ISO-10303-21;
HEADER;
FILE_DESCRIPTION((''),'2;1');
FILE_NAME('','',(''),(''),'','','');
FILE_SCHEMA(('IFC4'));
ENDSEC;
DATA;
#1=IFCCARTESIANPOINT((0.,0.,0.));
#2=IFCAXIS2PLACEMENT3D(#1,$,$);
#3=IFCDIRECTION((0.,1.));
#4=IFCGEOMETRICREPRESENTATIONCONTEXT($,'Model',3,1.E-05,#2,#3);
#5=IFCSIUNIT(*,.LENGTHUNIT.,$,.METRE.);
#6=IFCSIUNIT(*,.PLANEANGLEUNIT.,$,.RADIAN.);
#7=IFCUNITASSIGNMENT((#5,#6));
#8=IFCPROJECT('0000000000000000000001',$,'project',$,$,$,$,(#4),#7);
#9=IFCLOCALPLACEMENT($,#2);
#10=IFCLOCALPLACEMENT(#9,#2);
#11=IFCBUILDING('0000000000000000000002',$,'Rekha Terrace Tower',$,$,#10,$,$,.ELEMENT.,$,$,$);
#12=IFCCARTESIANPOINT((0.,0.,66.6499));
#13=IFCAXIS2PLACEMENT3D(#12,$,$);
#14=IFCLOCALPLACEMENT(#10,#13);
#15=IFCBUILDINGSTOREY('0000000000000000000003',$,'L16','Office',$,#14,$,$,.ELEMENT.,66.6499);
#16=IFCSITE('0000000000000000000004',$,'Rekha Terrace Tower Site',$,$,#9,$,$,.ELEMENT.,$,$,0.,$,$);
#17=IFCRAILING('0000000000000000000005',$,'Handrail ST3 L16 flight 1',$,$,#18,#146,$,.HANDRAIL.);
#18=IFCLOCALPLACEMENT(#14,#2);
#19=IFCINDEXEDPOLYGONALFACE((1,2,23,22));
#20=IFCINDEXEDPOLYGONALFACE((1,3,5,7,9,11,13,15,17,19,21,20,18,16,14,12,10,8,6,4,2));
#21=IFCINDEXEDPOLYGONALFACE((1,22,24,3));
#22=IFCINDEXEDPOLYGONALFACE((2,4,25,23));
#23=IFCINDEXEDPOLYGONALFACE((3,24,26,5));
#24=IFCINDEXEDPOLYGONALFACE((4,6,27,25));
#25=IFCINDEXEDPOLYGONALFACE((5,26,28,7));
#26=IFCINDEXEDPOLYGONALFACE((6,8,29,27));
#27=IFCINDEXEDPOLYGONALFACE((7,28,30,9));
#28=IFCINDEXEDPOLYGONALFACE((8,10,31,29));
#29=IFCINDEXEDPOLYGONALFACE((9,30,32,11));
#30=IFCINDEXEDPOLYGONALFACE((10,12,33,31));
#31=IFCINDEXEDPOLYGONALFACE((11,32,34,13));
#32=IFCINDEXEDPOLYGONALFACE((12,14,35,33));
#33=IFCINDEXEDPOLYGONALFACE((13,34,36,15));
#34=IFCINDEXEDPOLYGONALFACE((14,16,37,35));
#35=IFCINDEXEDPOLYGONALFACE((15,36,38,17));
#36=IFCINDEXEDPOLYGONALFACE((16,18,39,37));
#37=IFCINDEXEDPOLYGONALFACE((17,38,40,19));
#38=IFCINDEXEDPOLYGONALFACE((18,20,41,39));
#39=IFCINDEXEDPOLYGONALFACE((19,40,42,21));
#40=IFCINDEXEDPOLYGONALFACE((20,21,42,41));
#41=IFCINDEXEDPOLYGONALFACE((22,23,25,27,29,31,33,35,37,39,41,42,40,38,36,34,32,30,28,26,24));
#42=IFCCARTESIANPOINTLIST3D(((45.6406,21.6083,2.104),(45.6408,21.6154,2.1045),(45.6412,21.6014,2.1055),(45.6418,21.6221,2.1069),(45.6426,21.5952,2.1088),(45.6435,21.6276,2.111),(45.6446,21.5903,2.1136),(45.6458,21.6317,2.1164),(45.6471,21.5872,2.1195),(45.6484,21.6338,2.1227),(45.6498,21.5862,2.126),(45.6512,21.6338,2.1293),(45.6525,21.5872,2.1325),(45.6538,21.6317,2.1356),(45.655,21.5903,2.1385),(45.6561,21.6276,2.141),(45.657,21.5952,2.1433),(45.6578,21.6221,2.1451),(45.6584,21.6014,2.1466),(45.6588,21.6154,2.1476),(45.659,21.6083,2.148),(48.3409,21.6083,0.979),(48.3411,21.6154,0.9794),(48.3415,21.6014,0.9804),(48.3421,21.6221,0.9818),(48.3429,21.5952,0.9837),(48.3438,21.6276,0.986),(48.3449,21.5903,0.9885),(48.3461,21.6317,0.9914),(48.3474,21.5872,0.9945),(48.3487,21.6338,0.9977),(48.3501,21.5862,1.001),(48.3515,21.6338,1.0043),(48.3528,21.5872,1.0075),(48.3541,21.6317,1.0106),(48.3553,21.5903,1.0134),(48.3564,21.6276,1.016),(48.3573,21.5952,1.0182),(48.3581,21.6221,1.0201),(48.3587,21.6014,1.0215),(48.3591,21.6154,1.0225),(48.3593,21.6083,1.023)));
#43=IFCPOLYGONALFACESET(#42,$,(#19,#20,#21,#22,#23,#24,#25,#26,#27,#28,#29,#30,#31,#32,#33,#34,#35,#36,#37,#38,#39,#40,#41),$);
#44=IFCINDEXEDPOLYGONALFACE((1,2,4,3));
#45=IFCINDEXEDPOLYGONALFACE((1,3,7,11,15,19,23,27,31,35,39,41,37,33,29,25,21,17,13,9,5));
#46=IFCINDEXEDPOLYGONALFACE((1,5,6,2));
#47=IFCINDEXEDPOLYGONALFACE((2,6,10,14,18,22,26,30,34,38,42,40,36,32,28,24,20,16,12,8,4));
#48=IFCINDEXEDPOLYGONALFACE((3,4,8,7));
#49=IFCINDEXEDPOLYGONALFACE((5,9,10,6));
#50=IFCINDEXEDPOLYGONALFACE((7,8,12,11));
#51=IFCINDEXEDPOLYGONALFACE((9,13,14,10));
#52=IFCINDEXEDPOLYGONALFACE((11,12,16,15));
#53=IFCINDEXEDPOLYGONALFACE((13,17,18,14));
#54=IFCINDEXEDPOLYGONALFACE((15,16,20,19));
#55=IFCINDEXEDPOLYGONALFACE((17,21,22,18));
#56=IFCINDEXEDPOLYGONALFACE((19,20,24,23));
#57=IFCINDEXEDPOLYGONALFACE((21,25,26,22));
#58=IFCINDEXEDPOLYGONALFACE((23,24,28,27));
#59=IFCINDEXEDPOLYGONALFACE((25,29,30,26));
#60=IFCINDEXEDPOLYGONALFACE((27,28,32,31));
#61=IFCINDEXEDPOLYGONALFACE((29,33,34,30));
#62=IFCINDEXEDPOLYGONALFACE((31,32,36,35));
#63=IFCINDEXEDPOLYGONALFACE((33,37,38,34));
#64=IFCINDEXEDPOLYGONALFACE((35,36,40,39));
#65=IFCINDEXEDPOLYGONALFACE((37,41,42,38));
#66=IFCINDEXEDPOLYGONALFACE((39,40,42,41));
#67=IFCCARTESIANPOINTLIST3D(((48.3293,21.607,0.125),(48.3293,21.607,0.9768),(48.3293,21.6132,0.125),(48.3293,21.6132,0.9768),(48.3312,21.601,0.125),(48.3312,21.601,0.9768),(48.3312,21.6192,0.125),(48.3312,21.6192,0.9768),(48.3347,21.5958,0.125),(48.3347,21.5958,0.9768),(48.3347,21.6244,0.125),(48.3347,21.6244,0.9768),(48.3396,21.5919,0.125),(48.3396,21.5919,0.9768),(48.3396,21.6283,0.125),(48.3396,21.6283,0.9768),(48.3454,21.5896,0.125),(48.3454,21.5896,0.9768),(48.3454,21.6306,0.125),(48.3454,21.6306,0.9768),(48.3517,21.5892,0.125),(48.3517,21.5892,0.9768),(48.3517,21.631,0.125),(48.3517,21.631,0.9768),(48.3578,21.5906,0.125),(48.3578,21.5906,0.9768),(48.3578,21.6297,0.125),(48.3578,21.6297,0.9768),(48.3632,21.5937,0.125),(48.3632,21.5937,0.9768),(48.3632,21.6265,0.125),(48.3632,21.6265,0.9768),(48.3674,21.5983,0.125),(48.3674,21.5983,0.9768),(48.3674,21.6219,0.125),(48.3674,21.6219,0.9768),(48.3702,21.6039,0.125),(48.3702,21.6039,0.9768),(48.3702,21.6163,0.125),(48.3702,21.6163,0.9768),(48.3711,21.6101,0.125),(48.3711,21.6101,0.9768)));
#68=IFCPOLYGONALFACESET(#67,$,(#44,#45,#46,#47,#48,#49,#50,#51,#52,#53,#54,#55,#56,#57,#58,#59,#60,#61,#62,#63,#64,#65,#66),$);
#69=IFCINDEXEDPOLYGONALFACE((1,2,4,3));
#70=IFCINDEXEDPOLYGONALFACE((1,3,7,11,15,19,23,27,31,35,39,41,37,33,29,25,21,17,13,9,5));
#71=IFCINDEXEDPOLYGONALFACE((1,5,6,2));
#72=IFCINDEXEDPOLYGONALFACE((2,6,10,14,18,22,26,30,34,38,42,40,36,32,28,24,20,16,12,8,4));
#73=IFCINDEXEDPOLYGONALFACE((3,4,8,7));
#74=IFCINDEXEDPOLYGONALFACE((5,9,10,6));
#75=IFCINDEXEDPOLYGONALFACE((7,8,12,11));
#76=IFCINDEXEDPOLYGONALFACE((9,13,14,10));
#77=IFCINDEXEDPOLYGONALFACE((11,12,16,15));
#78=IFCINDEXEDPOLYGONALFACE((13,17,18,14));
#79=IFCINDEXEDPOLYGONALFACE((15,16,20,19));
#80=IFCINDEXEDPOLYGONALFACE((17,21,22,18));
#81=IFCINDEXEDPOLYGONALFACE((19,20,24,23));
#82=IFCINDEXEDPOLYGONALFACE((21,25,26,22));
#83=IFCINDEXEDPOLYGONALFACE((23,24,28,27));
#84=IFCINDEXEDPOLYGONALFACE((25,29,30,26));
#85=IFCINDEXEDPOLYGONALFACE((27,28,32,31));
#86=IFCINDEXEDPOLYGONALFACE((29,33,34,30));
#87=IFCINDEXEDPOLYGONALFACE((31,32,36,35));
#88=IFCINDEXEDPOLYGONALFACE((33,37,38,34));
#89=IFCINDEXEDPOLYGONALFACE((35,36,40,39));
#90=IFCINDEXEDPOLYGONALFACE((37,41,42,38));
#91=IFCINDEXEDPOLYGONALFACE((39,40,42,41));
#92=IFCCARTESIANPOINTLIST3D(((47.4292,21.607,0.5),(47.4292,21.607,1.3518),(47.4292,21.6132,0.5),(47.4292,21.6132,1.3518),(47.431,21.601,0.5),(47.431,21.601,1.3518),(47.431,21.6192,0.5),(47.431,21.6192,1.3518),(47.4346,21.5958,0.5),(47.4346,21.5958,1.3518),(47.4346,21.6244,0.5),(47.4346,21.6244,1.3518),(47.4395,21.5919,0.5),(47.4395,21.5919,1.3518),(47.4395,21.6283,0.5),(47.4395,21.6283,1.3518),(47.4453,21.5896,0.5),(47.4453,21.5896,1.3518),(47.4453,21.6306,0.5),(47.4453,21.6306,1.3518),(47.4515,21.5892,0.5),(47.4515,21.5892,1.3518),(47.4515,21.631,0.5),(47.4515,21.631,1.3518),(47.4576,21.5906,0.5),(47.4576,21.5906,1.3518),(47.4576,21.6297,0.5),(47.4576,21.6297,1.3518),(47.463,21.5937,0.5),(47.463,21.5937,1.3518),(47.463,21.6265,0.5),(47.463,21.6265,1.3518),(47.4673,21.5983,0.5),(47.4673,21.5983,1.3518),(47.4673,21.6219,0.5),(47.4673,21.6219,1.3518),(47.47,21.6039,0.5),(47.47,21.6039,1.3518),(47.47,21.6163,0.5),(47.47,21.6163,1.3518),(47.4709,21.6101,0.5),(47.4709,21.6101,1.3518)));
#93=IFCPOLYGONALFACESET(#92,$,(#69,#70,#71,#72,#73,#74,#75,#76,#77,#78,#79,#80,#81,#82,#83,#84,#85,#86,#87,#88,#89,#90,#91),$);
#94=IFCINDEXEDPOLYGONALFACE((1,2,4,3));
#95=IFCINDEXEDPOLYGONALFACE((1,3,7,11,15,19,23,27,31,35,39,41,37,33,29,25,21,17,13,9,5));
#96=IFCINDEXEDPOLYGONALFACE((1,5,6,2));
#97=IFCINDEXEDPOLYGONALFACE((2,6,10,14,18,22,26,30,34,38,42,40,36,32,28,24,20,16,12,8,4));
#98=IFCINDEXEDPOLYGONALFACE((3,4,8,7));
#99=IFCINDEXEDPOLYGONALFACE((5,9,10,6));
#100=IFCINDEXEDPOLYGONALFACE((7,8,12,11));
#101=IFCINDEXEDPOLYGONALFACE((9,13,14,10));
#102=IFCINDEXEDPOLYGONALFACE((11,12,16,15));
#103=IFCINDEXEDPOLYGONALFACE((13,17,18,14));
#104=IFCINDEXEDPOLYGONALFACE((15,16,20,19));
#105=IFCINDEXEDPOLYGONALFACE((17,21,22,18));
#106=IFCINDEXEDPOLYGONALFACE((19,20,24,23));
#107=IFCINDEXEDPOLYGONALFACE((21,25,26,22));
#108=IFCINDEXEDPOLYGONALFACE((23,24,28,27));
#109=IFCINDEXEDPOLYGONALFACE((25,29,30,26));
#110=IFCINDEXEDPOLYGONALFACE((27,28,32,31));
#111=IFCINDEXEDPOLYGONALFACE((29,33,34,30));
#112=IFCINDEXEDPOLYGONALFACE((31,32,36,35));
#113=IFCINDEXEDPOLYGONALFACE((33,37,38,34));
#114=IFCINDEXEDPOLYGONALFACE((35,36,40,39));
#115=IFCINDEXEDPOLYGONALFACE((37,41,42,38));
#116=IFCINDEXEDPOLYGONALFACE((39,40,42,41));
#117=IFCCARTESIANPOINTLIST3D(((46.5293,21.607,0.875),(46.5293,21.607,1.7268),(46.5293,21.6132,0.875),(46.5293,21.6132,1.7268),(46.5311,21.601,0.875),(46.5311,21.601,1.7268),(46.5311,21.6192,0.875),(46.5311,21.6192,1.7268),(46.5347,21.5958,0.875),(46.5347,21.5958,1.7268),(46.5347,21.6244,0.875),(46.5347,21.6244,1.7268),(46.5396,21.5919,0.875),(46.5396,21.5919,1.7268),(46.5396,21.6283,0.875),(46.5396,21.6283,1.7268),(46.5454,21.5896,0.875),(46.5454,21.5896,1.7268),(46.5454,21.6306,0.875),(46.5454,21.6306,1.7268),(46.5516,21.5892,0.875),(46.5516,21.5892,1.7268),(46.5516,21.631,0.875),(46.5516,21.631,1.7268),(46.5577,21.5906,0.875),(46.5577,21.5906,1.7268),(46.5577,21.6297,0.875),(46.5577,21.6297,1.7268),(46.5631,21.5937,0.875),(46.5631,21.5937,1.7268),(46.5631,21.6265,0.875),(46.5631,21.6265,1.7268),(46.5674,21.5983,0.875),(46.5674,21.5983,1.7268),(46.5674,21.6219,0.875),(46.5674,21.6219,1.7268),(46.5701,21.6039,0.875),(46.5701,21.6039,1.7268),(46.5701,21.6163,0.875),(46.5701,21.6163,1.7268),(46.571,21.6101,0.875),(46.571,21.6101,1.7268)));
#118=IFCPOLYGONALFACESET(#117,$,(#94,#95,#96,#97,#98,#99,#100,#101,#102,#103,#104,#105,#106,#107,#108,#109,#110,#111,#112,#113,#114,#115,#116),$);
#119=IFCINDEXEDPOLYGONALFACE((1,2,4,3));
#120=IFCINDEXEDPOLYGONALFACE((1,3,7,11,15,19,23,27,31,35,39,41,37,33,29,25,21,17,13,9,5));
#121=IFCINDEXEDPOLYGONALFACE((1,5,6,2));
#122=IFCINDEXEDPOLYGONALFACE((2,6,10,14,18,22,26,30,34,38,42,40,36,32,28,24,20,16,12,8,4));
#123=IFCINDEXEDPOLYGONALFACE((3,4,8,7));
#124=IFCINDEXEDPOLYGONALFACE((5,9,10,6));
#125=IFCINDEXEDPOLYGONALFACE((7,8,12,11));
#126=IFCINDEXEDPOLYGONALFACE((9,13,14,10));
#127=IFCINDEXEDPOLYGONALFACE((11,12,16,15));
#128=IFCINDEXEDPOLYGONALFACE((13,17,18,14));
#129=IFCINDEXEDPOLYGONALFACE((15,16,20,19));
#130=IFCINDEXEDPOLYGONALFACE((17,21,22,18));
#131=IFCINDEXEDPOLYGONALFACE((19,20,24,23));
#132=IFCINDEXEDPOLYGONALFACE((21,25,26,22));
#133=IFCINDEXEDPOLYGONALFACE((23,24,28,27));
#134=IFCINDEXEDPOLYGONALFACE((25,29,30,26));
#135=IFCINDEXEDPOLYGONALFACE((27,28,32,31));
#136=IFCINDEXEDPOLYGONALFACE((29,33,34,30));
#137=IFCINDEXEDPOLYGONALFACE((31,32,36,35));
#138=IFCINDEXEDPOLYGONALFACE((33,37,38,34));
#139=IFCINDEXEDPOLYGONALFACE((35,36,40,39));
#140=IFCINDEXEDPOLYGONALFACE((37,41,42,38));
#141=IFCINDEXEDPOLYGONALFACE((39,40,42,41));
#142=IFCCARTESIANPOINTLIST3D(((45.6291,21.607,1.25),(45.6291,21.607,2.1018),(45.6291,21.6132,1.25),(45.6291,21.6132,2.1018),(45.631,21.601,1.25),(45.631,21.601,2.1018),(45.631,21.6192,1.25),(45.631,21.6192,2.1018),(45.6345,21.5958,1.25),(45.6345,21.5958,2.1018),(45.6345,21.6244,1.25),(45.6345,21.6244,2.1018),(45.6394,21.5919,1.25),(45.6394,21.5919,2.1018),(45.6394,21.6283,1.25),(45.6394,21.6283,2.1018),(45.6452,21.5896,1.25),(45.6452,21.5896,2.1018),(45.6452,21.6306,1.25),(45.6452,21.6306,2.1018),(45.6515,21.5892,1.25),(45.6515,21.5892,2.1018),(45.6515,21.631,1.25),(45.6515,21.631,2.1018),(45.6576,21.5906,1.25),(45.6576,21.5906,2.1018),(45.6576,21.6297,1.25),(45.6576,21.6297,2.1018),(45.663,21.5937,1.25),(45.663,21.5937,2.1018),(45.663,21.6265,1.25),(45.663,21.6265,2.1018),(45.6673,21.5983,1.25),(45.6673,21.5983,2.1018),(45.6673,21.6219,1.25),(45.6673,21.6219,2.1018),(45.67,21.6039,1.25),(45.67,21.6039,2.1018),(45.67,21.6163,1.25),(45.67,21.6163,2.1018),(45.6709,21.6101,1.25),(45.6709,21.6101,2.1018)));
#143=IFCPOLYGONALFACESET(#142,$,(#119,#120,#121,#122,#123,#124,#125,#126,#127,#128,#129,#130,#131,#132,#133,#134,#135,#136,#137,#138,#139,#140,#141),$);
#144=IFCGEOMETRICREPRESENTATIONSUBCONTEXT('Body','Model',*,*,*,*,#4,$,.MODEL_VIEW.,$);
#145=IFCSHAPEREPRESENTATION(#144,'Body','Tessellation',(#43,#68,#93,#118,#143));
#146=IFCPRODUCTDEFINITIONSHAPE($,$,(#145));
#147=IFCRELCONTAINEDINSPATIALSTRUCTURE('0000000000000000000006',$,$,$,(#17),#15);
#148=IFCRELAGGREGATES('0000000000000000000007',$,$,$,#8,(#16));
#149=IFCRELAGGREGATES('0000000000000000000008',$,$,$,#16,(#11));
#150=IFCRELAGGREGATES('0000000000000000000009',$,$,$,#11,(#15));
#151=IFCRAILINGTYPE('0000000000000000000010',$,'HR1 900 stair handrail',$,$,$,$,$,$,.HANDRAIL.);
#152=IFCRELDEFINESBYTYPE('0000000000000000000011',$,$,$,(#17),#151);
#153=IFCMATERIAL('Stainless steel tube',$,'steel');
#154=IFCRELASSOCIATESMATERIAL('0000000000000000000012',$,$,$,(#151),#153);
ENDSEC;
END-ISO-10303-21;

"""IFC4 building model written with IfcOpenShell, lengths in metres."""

from ifc_helpers import new_model, si_unit, direction, frame, origin, origin_2d, place, context, subcontext, project, spatial, circle, extrude, material, type_object, element, save


model = new_model("IFC4")

# Units and contexts
model_context = context("Model", 3, precision=1e-05, world=origin(), true_north=direction((0.0, 1.0)))
body_context = subcontext(model_context, "Body", "Model", "MODEL_VIEW")
ifc_project = project(units=[si_unit("LENGTHUNIT", "METRE"), si_unit("PLANEANGLEUNIT", "RADIAN")], contexts=[model_context])

# Site, building, storey
site_placement = place(None, origin())
site = spatial("IfcSite", under=ifc_project, at=site_placement, Name="Rekha Terrace Tower Site", CompositionType="ELEMENT", RefElevation=0.0)
building_placement = place(site_placement, origin())
building = spatial("IfcBuilding", under=site, at=building_placement, Name="Rekha Terrace Tower", CompositionType="ELEMENT")
storey_placement = place(building_placement, frame((0.0, 0.0, 66.6499)))
storey = spatial("IfcBuildingStorey", under=building, at=storey_placement, Name="L16", Description="Office", CompositionType="ELEMENT", Elevation=66.6499)

# Railing
ifc_material_1 = material(Name="Stainless steel tube", Category="steel")
railing_type_1 = type_object("IfcRailingType", Name="HR1 900 stair handrail", PredefinedType="HANDRAIL", material=ifc_material_1)
railing_1_placement = place(storey_placement, frame((48.3501, 21.6101, 0.125)))
element("IfcRailing", 1, at=railing_1_placement, inside=storey, type_object=railing_type_1, Name="Handrail ST3 L16 flight 1", PredefinedType="HANDRAIL", context=body_context, shape_type="SweptSolid", body=[
    extrude(circle(Radius=0.0239, at=origin_2d()), frame((0.0, 0.0, 0.876), z_axis=(-0.923087, 0.0, 0.384592), x_axis=(0.0, -1.0, 0.0)), (0.0, 0.0, 1.0), 2.9253),
    extrude(circle(Radius=0.021, at=origin_2d()), origin(), (0.0, 0.0, 1.0), 0.8518),
    extrude(circle(Radius=0.021, at=origin_2d()), frame((-0.9001, 0.0, 0.375)), (0.0, 0.0, 1.0), 0.8518),
    extrude(circle(Radius=0.021, at=origin_2d()), frame((-1.8, 0.0, 0.75)), (0.0, 0.0, 1.0), 0.8518),
    extrude(circle(Radius=0.021, at=origin_2d()), frame((-2.7002, 0.0, 1.125)), (0.0, 0.0, 1.0), 0.8518),
])

save(model, "model.ifc")
